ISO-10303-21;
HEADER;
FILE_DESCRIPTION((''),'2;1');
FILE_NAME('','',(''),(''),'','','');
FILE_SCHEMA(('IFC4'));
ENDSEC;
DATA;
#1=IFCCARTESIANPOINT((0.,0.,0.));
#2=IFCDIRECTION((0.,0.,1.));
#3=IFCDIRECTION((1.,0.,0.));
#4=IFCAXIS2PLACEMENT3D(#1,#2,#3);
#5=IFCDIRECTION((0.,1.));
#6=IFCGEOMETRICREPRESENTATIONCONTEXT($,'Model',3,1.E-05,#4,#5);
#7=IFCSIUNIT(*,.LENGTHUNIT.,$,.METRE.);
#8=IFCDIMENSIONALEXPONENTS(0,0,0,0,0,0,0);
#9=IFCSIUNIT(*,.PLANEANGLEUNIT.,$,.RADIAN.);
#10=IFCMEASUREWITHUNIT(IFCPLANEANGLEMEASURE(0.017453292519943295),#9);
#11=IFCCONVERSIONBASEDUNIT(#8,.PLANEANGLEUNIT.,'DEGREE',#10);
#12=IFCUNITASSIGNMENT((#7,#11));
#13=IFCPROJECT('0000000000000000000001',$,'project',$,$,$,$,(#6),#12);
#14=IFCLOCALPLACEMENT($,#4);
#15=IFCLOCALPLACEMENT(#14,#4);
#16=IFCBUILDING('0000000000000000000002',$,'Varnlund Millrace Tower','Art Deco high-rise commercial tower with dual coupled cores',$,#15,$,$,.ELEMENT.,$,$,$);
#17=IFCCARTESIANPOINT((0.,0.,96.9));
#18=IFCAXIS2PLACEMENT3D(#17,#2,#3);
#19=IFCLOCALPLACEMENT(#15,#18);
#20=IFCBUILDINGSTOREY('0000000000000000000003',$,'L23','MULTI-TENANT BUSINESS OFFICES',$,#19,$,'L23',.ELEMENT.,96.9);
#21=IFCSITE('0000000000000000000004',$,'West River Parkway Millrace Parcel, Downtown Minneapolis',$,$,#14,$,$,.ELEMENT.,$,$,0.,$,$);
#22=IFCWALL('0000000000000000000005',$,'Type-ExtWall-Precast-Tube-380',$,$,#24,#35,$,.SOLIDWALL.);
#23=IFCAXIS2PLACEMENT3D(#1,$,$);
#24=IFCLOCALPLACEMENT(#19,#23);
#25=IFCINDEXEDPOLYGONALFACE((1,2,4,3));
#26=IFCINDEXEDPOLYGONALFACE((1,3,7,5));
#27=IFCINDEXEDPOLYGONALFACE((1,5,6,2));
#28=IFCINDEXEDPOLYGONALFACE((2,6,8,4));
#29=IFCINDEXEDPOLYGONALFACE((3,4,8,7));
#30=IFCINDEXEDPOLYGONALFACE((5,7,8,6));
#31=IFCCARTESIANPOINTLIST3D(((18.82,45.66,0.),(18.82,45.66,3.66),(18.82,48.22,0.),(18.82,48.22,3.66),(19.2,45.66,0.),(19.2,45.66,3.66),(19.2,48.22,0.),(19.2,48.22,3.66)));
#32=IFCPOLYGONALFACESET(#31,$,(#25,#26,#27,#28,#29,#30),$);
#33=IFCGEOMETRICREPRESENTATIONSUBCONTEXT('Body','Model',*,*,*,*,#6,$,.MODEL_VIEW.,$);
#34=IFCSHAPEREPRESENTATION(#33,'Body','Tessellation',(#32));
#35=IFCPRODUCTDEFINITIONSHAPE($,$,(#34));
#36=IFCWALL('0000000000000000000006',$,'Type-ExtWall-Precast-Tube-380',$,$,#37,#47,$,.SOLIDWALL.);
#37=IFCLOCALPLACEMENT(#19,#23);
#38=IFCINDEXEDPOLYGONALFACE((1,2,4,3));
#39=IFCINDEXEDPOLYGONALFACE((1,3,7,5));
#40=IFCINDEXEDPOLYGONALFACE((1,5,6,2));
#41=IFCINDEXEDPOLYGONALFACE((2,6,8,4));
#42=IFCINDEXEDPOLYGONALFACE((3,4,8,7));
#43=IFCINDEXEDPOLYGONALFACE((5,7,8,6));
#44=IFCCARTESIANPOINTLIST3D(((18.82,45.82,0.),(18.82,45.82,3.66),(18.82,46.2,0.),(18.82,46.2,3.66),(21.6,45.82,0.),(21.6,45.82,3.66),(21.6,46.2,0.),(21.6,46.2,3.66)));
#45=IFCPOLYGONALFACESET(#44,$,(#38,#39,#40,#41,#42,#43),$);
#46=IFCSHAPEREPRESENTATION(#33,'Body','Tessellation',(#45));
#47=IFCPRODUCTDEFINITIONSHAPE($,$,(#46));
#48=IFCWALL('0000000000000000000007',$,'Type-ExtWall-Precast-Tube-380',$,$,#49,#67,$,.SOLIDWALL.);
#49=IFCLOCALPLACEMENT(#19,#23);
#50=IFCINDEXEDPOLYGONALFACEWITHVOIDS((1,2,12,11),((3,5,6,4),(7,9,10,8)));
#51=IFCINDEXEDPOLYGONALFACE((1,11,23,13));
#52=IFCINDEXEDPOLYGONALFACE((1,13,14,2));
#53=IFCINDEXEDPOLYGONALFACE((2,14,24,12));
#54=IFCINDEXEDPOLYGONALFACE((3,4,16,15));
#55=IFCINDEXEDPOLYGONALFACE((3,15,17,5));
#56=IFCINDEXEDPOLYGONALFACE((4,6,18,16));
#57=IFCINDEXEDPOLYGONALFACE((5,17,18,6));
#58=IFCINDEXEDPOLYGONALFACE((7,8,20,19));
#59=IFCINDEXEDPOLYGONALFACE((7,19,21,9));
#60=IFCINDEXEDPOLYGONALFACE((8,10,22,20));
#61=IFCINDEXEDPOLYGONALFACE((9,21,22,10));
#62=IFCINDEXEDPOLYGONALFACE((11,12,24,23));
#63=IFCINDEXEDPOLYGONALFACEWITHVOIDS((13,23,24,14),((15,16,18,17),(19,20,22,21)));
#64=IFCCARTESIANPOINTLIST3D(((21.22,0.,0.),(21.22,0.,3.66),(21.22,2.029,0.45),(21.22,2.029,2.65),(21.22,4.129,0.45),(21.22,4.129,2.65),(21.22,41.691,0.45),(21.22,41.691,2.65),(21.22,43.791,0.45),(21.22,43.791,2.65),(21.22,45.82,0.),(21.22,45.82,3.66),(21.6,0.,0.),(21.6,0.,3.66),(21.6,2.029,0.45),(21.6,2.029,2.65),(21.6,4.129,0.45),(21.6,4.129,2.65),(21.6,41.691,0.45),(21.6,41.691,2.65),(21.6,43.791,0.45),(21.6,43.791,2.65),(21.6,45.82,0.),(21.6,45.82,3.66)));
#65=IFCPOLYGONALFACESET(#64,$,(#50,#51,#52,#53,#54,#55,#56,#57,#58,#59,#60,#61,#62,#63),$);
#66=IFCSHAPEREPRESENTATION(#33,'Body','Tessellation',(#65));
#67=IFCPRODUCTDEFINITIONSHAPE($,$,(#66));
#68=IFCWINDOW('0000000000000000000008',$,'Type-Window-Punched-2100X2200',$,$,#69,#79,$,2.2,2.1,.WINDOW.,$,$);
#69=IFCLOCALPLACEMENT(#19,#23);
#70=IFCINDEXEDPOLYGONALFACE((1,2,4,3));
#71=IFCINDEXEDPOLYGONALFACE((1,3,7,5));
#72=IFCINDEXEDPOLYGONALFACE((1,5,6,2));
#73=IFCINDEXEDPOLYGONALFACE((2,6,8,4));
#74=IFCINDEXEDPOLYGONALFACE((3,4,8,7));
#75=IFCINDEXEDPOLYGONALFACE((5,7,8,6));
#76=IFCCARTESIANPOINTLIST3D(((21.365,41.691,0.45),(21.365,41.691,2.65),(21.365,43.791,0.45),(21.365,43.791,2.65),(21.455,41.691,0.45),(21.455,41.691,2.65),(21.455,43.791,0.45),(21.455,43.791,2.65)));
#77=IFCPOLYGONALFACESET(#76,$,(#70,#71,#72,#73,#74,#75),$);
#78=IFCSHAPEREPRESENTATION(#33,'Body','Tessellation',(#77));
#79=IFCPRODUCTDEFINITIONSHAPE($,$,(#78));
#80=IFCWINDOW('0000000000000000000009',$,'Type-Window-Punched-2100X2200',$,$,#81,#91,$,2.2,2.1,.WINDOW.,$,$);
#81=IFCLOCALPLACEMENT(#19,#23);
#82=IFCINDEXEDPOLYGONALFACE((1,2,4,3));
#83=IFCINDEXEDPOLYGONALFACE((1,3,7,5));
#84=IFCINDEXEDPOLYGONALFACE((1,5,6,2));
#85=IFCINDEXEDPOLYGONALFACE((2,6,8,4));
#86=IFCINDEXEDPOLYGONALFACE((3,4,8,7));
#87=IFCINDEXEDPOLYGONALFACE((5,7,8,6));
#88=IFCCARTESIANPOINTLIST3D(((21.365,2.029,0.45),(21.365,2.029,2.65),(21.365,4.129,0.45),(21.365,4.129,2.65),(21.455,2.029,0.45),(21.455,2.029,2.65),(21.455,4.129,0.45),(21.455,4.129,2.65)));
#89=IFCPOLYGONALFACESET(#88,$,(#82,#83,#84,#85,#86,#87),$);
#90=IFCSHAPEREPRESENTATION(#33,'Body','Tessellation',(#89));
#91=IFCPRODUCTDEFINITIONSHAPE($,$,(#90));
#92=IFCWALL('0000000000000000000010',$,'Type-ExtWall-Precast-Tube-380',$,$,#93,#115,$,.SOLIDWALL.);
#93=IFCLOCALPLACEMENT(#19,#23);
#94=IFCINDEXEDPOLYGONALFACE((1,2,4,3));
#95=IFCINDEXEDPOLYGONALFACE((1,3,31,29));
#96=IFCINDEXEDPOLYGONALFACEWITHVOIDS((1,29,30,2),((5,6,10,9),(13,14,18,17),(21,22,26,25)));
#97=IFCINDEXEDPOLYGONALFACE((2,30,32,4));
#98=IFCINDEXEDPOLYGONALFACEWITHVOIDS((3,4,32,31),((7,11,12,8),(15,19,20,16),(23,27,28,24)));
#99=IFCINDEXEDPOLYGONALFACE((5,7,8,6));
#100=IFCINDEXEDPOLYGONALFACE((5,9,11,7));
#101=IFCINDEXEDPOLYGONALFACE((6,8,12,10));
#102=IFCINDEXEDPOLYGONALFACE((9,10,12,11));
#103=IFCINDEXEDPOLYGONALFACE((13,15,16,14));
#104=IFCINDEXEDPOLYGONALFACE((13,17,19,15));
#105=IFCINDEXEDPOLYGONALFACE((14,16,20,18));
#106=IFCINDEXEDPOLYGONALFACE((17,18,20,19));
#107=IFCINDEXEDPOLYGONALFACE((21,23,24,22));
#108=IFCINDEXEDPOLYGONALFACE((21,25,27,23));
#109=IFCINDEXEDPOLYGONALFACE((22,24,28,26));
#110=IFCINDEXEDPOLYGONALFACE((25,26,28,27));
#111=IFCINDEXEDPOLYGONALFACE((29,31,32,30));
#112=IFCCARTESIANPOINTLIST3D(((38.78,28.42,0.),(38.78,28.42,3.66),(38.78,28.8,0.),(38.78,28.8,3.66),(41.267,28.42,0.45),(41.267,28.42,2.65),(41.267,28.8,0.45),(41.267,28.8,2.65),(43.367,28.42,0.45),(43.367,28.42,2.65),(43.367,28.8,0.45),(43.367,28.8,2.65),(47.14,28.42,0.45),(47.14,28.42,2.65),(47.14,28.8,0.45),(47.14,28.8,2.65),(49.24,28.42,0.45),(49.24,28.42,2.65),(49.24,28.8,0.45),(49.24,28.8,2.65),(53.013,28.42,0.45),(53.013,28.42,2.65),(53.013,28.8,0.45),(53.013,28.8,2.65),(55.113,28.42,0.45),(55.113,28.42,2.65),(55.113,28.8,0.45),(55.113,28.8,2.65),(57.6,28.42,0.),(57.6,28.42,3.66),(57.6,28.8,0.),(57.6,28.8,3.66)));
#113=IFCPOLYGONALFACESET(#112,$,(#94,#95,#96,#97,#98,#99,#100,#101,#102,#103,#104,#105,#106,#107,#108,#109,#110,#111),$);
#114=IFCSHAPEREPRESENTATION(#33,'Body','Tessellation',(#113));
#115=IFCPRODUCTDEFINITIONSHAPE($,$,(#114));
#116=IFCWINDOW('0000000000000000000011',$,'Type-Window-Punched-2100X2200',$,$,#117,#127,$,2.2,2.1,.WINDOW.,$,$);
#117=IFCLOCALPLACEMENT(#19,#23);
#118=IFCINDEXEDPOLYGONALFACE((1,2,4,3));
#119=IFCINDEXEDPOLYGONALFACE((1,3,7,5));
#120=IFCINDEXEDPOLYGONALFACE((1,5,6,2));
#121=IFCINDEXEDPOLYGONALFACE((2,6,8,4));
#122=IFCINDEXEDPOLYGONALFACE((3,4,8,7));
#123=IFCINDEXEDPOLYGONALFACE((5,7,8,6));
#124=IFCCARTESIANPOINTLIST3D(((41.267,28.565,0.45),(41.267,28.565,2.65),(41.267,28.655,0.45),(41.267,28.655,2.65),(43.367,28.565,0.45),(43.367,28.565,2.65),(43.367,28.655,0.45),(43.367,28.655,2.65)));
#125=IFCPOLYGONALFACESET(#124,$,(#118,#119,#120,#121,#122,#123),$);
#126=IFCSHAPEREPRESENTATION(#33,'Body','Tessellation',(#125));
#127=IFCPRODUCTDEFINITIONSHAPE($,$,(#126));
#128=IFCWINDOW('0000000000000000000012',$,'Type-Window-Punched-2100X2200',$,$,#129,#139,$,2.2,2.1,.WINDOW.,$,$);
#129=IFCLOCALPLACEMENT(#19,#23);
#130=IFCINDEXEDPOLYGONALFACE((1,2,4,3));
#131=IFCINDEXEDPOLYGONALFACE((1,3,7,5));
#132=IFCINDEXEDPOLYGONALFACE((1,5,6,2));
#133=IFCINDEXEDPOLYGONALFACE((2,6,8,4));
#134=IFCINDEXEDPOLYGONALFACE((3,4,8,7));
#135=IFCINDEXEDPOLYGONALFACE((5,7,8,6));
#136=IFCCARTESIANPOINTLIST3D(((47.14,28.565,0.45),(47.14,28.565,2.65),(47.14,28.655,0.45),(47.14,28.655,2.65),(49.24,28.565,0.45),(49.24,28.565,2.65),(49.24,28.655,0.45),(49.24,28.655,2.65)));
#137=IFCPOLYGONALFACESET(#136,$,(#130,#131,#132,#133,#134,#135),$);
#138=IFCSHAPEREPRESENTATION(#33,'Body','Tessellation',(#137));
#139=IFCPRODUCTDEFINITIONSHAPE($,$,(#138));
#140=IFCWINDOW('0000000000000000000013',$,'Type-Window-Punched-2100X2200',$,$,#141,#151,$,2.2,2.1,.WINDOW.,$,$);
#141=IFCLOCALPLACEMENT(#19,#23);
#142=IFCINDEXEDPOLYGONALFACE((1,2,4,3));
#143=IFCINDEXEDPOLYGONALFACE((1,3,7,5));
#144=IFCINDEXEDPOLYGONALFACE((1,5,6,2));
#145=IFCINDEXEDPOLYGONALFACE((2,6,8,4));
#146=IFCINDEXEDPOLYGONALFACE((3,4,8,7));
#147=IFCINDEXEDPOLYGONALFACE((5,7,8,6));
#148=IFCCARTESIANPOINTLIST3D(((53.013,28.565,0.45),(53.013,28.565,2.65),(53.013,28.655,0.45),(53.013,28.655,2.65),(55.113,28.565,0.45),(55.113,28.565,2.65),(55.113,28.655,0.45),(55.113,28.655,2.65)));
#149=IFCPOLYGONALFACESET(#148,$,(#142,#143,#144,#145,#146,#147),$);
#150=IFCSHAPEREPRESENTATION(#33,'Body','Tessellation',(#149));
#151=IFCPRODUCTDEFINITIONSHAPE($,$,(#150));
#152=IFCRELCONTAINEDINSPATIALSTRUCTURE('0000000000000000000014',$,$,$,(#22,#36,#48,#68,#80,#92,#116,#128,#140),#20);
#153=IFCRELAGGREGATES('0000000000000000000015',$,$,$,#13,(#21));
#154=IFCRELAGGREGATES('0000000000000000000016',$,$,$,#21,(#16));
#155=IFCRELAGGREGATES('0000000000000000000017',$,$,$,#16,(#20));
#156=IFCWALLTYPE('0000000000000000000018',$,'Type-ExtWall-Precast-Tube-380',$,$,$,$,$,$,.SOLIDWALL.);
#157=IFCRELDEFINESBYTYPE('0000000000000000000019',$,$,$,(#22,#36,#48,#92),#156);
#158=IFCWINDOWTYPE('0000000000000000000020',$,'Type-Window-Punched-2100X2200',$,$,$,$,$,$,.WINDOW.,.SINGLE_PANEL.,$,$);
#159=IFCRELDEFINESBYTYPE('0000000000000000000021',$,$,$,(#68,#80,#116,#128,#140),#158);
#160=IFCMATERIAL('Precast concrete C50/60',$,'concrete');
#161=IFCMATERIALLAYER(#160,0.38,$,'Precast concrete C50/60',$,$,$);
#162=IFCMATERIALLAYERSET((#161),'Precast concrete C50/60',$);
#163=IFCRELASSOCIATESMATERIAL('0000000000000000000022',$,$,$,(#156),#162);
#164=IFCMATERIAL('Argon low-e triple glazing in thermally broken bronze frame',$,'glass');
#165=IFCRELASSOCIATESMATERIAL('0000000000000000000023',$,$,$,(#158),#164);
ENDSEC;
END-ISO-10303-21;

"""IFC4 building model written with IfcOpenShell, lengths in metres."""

from ifc_helpers import new_model, entity, si_unit, converted_unit, direction, frame, origin_with_axes, origin_2d_with_axis, place, context, subcontext, project, spatial, polyline, rectangle, outline, extrude, material, layer, layer_set, type_object, element, fill, save


model = new_model("IFC4")

# Units and contexts
model_context = context("Model", 3, precision=1e-05, world=origin_with_axes(), true_north=direction((0.0, 1.0)))
body_context = subcontext(model_context, "Body", "Model", "MODEL_VIEW")
ifc_project = project(units=[si_unit("LENGTHUNIT", "METRE"), converted_unit("PLANEANGLEUNIT", "DEGREE", entity("IfcPlaneAngleMeasure", 0.017453292519943295), si_unit("PLANEANGLEUNIT", "RADIAN"), dimensions=[0, 0, 0, 0, 0, 0, 0])], contexts=[model_context])

# Site, building, storey
site_placement = place(None, origin_with_axes())
site = spatial("IfcSite", under=ifc_project, at=site_placement, Name="West River Parkway Millrace Parcel, Downtown Minneapolis", CompositionType="ELEMENT", RefElevation=0.0)
building_placement = place(site_placement, origin_with_axes())
building = spatial("IfcBuilding", under=site, at=building_placement, Name="Varnlund Millrace Tower", Description="Art Deco high-rise commercial tower with dual coupled cores", CompositionType="ELEMENT")
storey_placement = place(building_placement, frame((0.0, 0.0, 96.9), z_axis=(0.0, 0.0, 1.0), x_axis=(1.0, 0.0, 0.0)))
storey = spatial("IfcBuildingStorey", under=building, at=storey_placement, Name="L23", Description="MULTI-TENANT BUSINESS OFFICES", LongName="L23", CompositionType="ELEMENT", Elevation=96.9)

# Walls
ifc_material_1 = material(Name="Precast concrete C50/60", Category="concrete")
ifc_layer_1 = layer(ifc_material_1, 0.38, Name="Precast concrete C50/60")
ifc_layer_set_1 = layer_set([ifc_layer_1], Name="Precast concrete C50/60")
wall_type_1 = type_object("IfcWallType", Name="Type-ExtWall-Precast-Tube-380", PredefinedType="SOLIDWALL", material=ifc_layer_set_1)
wall_1_placement = place(storey_placement, frame((19.01, 48.22, 0.0), z_axis=(0.0, 0.0, 1.0), x_axis=(0.0, -1.0, 0.0)))
element("IfcWall", 1, at=wall_1_placement, inside=storey, type_object=wall_type_1, Name="Type-ExtWall-Precast-Tube-380", PredefinedType="SOLIDWALL", context=body_context, shape_type="SweptSolid", body=[
    extrude(outline(polyline([(0.0, -0.19), (2.56, -0.19), (2.56, 0.19), (0.0, 0.19), (0.0, -0.19)])), origin_with_axes(), (0.0, 0.0, 1.0), 3.66),
])
wall_2_placement = place(storey_placement, frame((18.82, 46.01, 0.0), z_axis=(0.0, 0.0, 1.0), x_axis=(1.0, 0.0, 0.0)))
element("IfcWall", 2, at=wall_2_placement, inside=storey, type_object=wall_type_1, Name="Type-ExtWall-Precast-Tube-380", PredefinedType="SOLIDWALL", context=body_context, shape_type="SweptSolid", body=[
    extrude(outline(polyline([(0.0, -0.19), (2.78, -0.19), (2.78, 0.19), (0.0, 0.19), (0.0, -0.19)])), origin_with_axes(), (0.0, 0.0, 1.0), 3.66),
])

# Walls, openings, windows
wall_3_placement = place(storey_placement, frame((21.41, 45.82, 0.0), z_axis=(0.0, 0.0, 1.0), x_axis=(0.0, -1.0, 0.0)))
wall_3 = element("IfcWall", 3, at=wall_3_placement, inside=storey, type_object=wall_type_1, Name="Type-ExtWall-Precast-Tube-380", PredefinedType="SOLIDWALL", context=body_context, shape_type="SweptSolid", body=[
    extrude(outline(polyline([(0.0, -0.19), (45.82, -0.19), (45.82, 0.19), (0.0, 0.19), (0.0, -0.19)])), origin_with_axes(), (0.0, 0.0, 1.0), 3.66),
])
opening_1_placement = place(wall_3_placement, frame((3.079, 0.0, 0.45), z_axis=(0.0, 0.0, 1.0), x_axis=(1.0, 0.0, 0.0)))
opening_1 = element("IfcOpeningElement", 4, at=opening_1_placement, cuts=wall_3, PredefinedType="OPENING", context=body_context, shape_type="SweptSolid", body=[
    extrude(rectangle(XDim=2.1, YDim=0.4, at=origin_2d_with_axis()), origin_with_axes(), (0.0, 0.0, 1.0), 2.2),
])
opening_2_placement = place(wall_3_placement, frame((42.741, 0.0, 0.45), z_axis=(0.0, 0.0, 1.0), x_axis=(1.0, 0.0, 0.0)))
opening_2 = element("IfcOpeningElement", 5, at=opening_2_placement, cuts=wall_3, PredefinedType="OPENING", context=body_context, shape_type="SweptSolid", body=[
    extrude(rectangle(XDim=2.1, YDim=0.4, at=origin_2d_with_axis()), origin_with_axes(), (0.0, 0.0, 1.0), 2.2),
])
ifc_material_2 = material(Name="Argon low-e triple glazing in thermally broken bronze frame", Category="glass")
window_type = type_object("IfcWindowType", Name="Type-Window-Punched-2100X2200", PartitioningType="SINGLE_PANEL", PredefinedType="WINDOW", material=ifc_material_2)
window_1_placement = place(wall_3_placement, frame((3.079, 0.0, 0.45), z_axis=(0.0, 0.0, 1.0), x_axis=(1.0, 0.0, 0.0)))
window_1 = element("IfcWindow", 6, at=window_1_placement, inside=storey, type_object=window_type, Name="Type-Window-Punched-2100X2200", OverallHeight=2.2, OverallWidth=2.1, PredefinedType="WINDOW", context=body_context, shape_type="SweptSolid", body=[
    extrude(rectangle(XDim=2.1, YDim=0.09, at=origin_2d_with_axis()), origin_with_axes(), (0.0, 0.0, 1.0), 2.2),
])
fill(opening_1, window_1)
window_2_placement = place(wall_3_placement, frame((42.741, 0.0, 0.45), z_axis=(0.0, 0.0, 1.0), x_axis=(1.0, 0.0, 0.0)))
window_2 = element("IfcWindow", 7, at=window_2_placement, inside=storey, type_object=window_type, Name="Type-Window-Punched-2100X2200", OverallHeight=2.2, OverallWidth=2.1, PredefinedType="WINDOW", context=body_context, shape_type="SweptSolid", body=[
    extrude(rectangle(XDim=2.1, YDim=0.09, at=origin_2d_with_axis()), origin_with_axes(), (0.0, 0.0, 1.0), 2.2),
])
fill(opening_2, window_2)
wall_4_placement = place(storey_placement, frame((38.78, 28.61, 0.0), z_axis=(0.0, 0.0, 1.0), x_axis=(1.0, 0.0, 0.0)))
wall_4 = element("IfcWall", 8, at=wall_4_placement, inside=storey, type_object=wall_type_1, Name="Type-ExtWall-Precast-Tube-380", PredefinedType="SOLIDWALL", context=body_context, shape_type="SweptSolid", body=[
    extrude(outline(polyline([(0.0, -0.19), (18.82, -0.19), (18.82, 0.19), (0.0, 0.19), (0.0, -0.19)])), origin_with_axes(), (0.0, 0.0, 1.0), 3.66),
])
opening_3_placement = place(wall_4_placement, frame((3.537, 0.0, 0.45), z_axis=(0.0, 0.0, 1.0), x_axis=(1.0, 0.0, 0.0)))
opening_3 = element("IfcOpeningElement", 9, at=opening_3_placement, cuts=wall_4, PredefinedType="OPENING", context=body_context, shape_type="SweptSolid", body=[
    extrude(rectangle(XDim=2.1, YDim=0.4, at=origin_2d_with_axis()), origin_with_axes(), (0.0, 0.0, 1.0), 2.2),
])
opening_4_placement = place(wall_4_placement, frame((9.41, 0.0, 0.45), z_axis=(0.0, 0.0, 1.0), x_axis=(1.0, 0.0, 0.0)))
opening_4 = element("IfcOpeningElement", 10, at=opening_4_placement, cuts=wall_4, PredefinedType="OPENING", context=body_context, shape_type="SweptSolid", body=[
    extrude(rectangle(XDim=2.1, YDim=0.4, at=origin_2d_with_axis()), origin_with_axes(), (0.0, 0.0, 1.0), 2.2),
])
opening_5_placement = place(wall_4_placement, frame((15.283, 0.0, 0.45), z_axis=(0.0, 0.0, 1.0), x_axis=(1.0, 0.0, 0.0)))
opening_5 = element("IfcOpeningElement", 11, at=opening_5_placement, cuts=wall_4, PredefinedType="OPENING", context=body_context, shape_type="SweptSolid", body=[
    extrude(rectangle(XDim=2.1, YDim=0.4, at=origin_2d_with_axis()), origin_with_axes(), (0.0, 0.0, 1.0), 2.2),
])
window_3_placement = place(wall_4_placement, frame((3.537, 0.0, 0.45), z_axis=(0.0, 0.0, 1.0), x_axis=(1.0, 0.0, 0.0)))
window_3 = element("IfcWindow", 12, at=window_3_placement, inside=storey, type_object=window_type, Name="Type-Window-Punched-2100X2200", OverallHeight=2.2, OverallWidth=2.1, PredefinedType="WINDOW", context=body_context, shape_type="SweptSolid", body=[
    extrude(rectangle(XDim=2.1, YDim=0.09, at=origin_2d_with_axis()), origin_with_axes(), (0.0, 0.0, 1.0), 2.2),
])
fill(opening_3, window_3)
window_4_placement = place(wall_4_placement, frame((9.41, 0.0, 0.45), z_axis=(0.0, 0.0, 1.0), x_axis=(1.0, 0.0, 0.0)))
window_4 = element("IfcWindow", 13, at=window_4_placement, inside=storey, type_object=window_type, Name="Type-Window-Punched-2100X2200", OverallHeight=2.2, OverallWidth=2.1, PredefinedType="WINDOW", context=body_context, shape_type="SweptSolid", body=[
    extrude(rectangle(XDim=2.1, YDim=0.09, at=origin_2d_with_axis()), origin_with_axes(), (0.0, 0.0, 1.0), 2.2),
])
fill(opening_4, window_4)
window_5_placement = place(wall_4_placement, frame((15.283, 0.0, 0.45), z_axis=(0.0, 0.0, 1.0), x_axis=(1.0, 0.0, 0.0)))
window_5 = element("IfcWindow", 14, at=window_5_placement, inside=storey, type_object=window_type, Name="Type-Window-Punched-2100X2200", OverallHeight=2.2, OverallWidth=2.1, PredefinedType="WINDOW", context=body_context, shape_type="SweptSolid", body=[
    extrude(rectangle(XDim=2.1, YDim=0.09, at=origin_2d_with_axis()), origin_with_axes(), (0.0, 0.0, 1.0), 2.2),
])
fill(opening_5, window_5)

save(model, "model.ifc")
